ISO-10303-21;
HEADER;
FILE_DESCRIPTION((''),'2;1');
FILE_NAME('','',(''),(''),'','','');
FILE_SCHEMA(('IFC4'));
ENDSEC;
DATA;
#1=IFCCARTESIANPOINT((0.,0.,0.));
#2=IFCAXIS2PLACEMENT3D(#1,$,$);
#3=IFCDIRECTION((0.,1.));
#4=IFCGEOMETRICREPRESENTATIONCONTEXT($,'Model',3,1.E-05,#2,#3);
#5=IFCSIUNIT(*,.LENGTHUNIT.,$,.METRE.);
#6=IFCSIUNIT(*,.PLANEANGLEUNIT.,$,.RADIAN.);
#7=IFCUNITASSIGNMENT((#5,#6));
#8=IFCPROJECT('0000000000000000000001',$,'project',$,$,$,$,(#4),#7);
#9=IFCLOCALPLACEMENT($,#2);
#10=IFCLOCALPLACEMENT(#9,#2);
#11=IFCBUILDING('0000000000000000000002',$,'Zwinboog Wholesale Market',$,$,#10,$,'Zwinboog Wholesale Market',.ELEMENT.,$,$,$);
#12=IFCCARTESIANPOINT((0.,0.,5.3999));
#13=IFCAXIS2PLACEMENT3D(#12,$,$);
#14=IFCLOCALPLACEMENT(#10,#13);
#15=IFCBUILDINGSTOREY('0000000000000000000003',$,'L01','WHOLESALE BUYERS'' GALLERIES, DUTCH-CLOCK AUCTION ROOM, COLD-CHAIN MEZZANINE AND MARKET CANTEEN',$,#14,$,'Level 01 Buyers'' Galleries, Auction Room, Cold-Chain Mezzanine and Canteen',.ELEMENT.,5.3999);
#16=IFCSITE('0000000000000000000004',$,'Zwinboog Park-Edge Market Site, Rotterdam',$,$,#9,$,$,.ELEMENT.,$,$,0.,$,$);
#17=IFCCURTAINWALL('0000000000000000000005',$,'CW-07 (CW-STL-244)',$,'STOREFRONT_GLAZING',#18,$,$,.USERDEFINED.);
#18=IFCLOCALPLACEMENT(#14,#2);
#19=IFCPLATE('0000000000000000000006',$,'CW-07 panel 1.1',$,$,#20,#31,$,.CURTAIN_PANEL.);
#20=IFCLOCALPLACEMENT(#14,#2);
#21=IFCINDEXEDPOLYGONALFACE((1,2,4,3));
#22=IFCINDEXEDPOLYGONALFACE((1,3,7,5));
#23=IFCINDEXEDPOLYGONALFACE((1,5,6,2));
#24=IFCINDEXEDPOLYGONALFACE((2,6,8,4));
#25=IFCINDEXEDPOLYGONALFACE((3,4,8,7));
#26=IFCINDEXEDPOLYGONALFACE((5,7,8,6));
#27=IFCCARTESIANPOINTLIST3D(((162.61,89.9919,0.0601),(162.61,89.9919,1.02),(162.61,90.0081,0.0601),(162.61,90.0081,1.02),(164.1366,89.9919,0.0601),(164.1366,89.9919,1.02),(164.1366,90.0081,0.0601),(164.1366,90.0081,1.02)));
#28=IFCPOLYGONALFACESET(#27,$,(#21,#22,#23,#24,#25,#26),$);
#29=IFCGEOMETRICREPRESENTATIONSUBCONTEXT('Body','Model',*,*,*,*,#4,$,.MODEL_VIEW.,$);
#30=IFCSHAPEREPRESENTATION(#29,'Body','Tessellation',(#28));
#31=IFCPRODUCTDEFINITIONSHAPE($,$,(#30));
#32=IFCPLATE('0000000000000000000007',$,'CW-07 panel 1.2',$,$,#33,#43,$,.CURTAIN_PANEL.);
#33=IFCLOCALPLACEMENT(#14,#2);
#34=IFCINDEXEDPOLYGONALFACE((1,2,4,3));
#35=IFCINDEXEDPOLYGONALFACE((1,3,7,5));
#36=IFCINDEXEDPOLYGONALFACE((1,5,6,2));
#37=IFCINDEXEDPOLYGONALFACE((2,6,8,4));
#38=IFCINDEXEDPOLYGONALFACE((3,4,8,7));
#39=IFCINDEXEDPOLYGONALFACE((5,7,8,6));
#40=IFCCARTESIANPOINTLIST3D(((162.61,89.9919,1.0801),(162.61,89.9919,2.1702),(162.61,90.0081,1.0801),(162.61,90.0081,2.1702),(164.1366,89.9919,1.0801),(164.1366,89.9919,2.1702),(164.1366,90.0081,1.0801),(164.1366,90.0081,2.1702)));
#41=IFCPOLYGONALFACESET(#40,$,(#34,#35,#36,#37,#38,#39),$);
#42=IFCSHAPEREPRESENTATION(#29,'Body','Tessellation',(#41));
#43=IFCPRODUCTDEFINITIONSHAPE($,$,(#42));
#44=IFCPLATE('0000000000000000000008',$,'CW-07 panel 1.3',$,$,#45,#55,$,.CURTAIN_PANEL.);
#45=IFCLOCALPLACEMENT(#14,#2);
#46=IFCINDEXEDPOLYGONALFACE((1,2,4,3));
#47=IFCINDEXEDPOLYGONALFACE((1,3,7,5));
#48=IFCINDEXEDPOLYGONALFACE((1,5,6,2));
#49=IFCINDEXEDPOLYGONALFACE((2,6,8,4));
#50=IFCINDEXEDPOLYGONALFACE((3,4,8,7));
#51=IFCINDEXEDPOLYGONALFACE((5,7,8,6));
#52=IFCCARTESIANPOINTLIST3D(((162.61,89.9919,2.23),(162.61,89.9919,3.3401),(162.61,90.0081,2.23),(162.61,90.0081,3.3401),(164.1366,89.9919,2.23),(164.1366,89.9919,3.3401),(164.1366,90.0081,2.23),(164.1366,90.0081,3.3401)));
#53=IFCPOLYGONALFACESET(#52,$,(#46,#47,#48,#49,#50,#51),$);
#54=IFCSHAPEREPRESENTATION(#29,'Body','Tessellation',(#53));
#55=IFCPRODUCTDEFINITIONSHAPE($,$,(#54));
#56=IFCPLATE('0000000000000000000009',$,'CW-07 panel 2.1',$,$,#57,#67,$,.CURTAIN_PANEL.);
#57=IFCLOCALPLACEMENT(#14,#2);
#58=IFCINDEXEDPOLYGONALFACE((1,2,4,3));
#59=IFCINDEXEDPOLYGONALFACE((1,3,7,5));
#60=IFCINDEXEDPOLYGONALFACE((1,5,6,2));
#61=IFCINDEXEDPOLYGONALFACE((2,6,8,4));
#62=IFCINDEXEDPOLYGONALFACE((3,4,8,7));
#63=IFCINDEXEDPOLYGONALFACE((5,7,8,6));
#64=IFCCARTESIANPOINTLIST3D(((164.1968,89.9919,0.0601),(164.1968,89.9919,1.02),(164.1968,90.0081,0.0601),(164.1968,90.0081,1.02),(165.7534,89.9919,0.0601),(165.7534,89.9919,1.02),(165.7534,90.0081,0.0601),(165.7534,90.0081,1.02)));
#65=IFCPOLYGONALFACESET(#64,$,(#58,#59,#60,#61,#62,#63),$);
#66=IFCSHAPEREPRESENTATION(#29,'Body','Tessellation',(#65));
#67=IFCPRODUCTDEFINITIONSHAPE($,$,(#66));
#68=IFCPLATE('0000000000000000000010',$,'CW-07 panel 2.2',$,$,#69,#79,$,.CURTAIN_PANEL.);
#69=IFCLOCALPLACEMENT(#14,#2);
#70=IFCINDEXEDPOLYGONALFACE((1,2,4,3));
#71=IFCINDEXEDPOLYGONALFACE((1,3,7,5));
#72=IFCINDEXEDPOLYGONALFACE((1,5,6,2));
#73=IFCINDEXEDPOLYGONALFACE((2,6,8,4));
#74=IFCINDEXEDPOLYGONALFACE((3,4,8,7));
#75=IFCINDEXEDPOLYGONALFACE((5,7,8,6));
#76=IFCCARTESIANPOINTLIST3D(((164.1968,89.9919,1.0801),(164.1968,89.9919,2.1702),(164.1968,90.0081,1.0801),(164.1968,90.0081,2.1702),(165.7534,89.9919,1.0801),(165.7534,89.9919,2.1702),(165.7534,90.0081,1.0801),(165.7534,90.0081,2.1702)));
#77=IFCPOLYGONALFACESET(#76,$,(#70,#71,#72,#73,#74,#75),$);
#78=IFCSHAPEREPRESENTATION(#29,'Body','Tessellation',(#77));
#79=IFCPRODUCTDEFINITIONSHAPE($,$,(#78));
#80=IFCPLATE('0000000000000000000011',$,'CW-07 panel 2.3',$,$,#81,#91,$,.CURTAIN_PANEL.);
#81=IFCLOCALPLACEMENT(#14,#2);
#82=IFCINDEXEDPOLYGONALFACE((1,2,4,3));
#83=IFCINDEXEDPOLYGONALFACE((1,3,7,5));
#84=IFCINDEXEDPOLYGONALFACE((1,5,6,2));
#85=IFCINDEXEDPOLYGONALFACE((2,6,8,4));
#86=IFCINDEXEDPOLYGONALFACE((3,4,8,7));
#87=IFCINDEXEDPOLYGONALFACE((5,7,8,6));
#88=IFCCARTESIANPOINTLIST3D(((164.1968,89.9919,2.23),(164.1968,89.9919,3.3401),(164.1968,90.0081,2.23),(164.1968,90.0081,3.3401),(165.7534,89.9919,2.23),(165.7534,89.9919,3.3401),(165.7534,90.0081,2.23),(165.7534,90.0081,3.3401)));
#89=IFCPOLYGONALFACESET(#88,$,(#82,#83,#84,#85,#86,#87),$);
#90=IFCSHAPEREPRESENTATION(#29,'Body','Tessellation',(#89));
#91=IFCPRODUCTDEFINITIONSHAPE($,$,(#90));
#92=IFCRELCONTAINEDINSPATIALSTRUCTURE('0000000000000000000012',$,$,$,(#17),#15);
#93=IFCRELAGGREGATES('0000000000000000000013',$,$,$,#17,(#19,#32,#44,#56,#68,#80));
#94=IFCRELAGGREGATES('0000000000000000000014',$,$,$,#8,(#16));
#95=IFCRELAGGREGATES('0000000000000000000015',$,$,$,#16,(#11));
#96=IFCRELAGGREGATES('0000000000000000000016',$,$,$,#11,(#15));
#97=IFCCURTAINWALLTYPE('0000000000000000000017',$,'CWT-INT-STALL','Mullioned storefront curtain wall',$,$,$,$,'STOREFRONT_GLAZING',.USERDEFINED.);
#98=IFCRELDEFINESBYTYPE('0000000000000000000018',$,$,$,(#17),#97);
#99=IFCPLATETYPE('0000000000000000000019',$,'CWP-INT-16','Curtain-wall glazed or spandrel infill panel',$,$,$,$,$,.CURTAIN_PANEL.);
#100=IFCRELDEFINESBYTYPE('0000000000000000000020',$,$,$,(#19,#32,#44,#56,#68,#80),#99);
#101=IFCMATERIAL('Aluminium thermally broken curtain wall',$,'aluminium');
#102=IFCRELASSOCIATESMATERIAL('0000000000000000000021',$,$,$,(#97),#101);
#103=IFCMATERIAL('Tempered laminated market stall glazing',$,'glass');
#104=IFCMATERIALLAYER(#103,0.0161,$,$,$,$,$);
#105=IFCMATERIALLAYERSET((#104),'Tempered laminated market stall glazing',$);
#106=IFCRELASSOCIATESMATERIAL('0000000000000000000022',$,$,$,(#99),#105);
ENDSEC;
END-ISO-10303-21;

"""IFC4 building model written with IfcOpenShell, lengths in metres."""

from ifc_helpers import new_model, si_unit, direction, frame, origin, origin_2d, place, context, subcontext, project, spatial, rectangle, extrude, material, layer, layer_set, type_object, element, aggregate, save


model = new_model("IFC4")

# Units and contexts
model_context = context("Model", 3, precision=1e-05, world=origin(), true_north=direction((0.0, 1.0)))
body_context = subcontext(model_context, "Body", "Model", "MODEL_VIEW")
ifc_project = project(units=[si_unit("LENGTHUNIT", "METRE"), si_unit("PLANEANGLEUNIT", "RADIAN")], contexts=[model_context])

# Site, building, storey
site_placement = place(None, origin())
site = spatial("IfcSite", under=ifc_project, at=site_placement, Name="Zwinboog Park-Edge Market Site, Rotterdam", CompositionType="ELEMENT", RefElevation=0.0)
building_placement = place(site_placement, origin())
building = spatial("IfcBuilding", under=site, at=building_placement, Name="Zwinboog Wholesale Market", LongName="Zwinboog Wholesale Market", CompositionType="ELEMENT")
storey_placement = place(building_placement, frame((0.0, 0.0, 5.3999)))
storey = spatial("IfcBuildingStorey", under=building, at=storey_placement, Name="L01", Description="WHOLESALE BUYERS' GALLERIES, DUTCH-CLOCK AUCTION ROOM, COLD-CHAIN MEZZANINE AND MARKET CANTEEN", LongName="Level 01 Buyers' Galleries, Auction Room, Cold-Chain Mezzanine and Canteen", CompositionType="ELEMENT", Elevation=5.3999)

# Curtain wall, plates
ifc_material_1 = material(Name="Aluminium thermally broken curtain wall", Category="aluminium")
curtain_wall_type = type_object("IfcCurtainWallType", Name="CWT-INT-STALL", Description="Mullioned storefront curtain wall", ElementType="STOREFRONT_GLAZING", PredefinedType="USERDEFINED", material=ifc_material_1)
curtain_wall_placement = place(storey_placement, origin())
curtain_wall = element("IfcCurtainWall", 1, at=curtain_wall_placement, inside=storey, type_object=curtain_wall_type, Name="CW-07 (CW-STL-244)", ObjectType="STOREFRONT_GLAZING", PredefinedType="USERDEFINED")
ifc_material_2 = material(Name="Tempered laminated market stall glazing", Category="glass")
ifc_layer = layer(ifc_material_2, 0.0161)
ifc_layer_set = layer_set([ifc_layer], Name="Tempered laminated market stall glazing")
plate_type = type_object("IfcPlateType", Name="CWP-INT-16", Description="Curtain-wall glazed or spandrel infill panel", PredefinedType="CURTAIN_PANEL", material=ifc_layer_set)
plate_1_placement = place(storey_placement, frame((163.3733, 90.0, 0.0601), z_axis=(0.0, 0.0, 1.0), x_axis=(1.0, 0.0, 0.0)))
plate_1 = element("IfcPlate", 2, at=plate_1_placement, type_object=plate_type, Name="CW-07 panel 1.1", PredefinedType="CURTAIN_PANEL", context=body_context, shape_type="SweptSolid", body=[
    extrude(rectangle(XDim=1.5266, YDim=0.0161, at=origin_2d()), origin(), (0.0, 0.0, 1.0), 0.96),
])
plate_2_placement = place(storey_placement, frame((163.3733, 90.0, 1.0801), z_axis=(0.0, 0.0, 1.0), x_axis=(1.0, 0.0, 0.0)))
plate_2 = element("IfcPlate", 3, at=plate_2_placement, type_object=plate_type, Name="CW-07 panel 1.2", PredefinedType="CURTAIN_PANEL", context=body_context, shape_type="SweptSolid", body=[
    extrude(rectangle(XDim=1.5266, YDim=0.0161, at=origin_2d()), origin(), (0.0, 0.0, 1.0), 1.0901),
])
plate_3_placement = place(storey_placement, frame((163.3733, 90.0, 2.23), z_axis=(0.0, 0.0, 1.0), x_axis=(1.0, 0.0, 0.0)))
plate_3 = element("IfcPlate", 4, at=plate_3_placement, type_object=plate_type, Name="CW-07 panel 1.3", PredefinedType="CURTAIN_PANEL", context=body_context, shape_type="SweptSolid", body=[
    extrude(rectangle(XDim=1.5266, YDim=0.0161, at=origin_2d()), origin(), (0.0, 0.0, 1.0), 1.1101),
])
plate_4_placement = place(storey_placement, frame((164.9751, 90.0, 0.0601), z_axis=(0.0, 0.0, 1.0), x_axis=(1.0, 0.0, 0.0)))
plate_4 = element("IfcPlate", 5, at=plate_4_placement, type_object=plate_type, Name="CW-07 panel 2.1", PredefinedType="CURTAIN_PANEL", context=body_context, shape_type="SweptSolid", body=[
    extrude(rectangle(XDim=1.5566, YDim=0.0161, at=origin_2d()), origin(), (0.0, 0.0, 1.0), 0.96),
])
plate_5_placement = place(storey_placement, frame((164.9751, 90.0, 1.0801), z_axis=(0.0, 0.0, 1.0), x_axis=(1.0, 0.0, 0.0)))
plate_5 = element("IfcPlate", 6, at=plate_5_placement, type_object=plate_type, Name="CW-07 panel 2.2", PredefinedType="CURTAIN_PANEL", context=body_context, shape_type="SweptSolid", body=[
    extrude(rectangle(XDim=1.5566, YDim=0.0161, at=origin_2d()), origin(), (0.0, 0.0, 1.0), 1.0901),
])
plate_6_placement = place(storey_placement, frame((164.9751, 90.0, 2.23), z_axis=(0.0, 0.0, 1.0), x_axis=(1.0, 0.0, 0.0)))
plate_6 = element("IfcPlate", 7, at=plate_6_placement, type_object=plate_type, Name="CW-07 panel 2.3", PredefinedType="CURTAIN_PANEL", context=body_context, shape_type="SweptSolid", body=[
    extrude(rectangle(XDim=1.5566, YDim=0.0161, at=origin_2d()), origin(), (0.0, 0.0, 1.0), 1.1101),
])
aggregate(curtain_wall, [plate_1, plate_2, plate_3, plate_4, plate_5, plate_6])

save(model, "model.ifc")
